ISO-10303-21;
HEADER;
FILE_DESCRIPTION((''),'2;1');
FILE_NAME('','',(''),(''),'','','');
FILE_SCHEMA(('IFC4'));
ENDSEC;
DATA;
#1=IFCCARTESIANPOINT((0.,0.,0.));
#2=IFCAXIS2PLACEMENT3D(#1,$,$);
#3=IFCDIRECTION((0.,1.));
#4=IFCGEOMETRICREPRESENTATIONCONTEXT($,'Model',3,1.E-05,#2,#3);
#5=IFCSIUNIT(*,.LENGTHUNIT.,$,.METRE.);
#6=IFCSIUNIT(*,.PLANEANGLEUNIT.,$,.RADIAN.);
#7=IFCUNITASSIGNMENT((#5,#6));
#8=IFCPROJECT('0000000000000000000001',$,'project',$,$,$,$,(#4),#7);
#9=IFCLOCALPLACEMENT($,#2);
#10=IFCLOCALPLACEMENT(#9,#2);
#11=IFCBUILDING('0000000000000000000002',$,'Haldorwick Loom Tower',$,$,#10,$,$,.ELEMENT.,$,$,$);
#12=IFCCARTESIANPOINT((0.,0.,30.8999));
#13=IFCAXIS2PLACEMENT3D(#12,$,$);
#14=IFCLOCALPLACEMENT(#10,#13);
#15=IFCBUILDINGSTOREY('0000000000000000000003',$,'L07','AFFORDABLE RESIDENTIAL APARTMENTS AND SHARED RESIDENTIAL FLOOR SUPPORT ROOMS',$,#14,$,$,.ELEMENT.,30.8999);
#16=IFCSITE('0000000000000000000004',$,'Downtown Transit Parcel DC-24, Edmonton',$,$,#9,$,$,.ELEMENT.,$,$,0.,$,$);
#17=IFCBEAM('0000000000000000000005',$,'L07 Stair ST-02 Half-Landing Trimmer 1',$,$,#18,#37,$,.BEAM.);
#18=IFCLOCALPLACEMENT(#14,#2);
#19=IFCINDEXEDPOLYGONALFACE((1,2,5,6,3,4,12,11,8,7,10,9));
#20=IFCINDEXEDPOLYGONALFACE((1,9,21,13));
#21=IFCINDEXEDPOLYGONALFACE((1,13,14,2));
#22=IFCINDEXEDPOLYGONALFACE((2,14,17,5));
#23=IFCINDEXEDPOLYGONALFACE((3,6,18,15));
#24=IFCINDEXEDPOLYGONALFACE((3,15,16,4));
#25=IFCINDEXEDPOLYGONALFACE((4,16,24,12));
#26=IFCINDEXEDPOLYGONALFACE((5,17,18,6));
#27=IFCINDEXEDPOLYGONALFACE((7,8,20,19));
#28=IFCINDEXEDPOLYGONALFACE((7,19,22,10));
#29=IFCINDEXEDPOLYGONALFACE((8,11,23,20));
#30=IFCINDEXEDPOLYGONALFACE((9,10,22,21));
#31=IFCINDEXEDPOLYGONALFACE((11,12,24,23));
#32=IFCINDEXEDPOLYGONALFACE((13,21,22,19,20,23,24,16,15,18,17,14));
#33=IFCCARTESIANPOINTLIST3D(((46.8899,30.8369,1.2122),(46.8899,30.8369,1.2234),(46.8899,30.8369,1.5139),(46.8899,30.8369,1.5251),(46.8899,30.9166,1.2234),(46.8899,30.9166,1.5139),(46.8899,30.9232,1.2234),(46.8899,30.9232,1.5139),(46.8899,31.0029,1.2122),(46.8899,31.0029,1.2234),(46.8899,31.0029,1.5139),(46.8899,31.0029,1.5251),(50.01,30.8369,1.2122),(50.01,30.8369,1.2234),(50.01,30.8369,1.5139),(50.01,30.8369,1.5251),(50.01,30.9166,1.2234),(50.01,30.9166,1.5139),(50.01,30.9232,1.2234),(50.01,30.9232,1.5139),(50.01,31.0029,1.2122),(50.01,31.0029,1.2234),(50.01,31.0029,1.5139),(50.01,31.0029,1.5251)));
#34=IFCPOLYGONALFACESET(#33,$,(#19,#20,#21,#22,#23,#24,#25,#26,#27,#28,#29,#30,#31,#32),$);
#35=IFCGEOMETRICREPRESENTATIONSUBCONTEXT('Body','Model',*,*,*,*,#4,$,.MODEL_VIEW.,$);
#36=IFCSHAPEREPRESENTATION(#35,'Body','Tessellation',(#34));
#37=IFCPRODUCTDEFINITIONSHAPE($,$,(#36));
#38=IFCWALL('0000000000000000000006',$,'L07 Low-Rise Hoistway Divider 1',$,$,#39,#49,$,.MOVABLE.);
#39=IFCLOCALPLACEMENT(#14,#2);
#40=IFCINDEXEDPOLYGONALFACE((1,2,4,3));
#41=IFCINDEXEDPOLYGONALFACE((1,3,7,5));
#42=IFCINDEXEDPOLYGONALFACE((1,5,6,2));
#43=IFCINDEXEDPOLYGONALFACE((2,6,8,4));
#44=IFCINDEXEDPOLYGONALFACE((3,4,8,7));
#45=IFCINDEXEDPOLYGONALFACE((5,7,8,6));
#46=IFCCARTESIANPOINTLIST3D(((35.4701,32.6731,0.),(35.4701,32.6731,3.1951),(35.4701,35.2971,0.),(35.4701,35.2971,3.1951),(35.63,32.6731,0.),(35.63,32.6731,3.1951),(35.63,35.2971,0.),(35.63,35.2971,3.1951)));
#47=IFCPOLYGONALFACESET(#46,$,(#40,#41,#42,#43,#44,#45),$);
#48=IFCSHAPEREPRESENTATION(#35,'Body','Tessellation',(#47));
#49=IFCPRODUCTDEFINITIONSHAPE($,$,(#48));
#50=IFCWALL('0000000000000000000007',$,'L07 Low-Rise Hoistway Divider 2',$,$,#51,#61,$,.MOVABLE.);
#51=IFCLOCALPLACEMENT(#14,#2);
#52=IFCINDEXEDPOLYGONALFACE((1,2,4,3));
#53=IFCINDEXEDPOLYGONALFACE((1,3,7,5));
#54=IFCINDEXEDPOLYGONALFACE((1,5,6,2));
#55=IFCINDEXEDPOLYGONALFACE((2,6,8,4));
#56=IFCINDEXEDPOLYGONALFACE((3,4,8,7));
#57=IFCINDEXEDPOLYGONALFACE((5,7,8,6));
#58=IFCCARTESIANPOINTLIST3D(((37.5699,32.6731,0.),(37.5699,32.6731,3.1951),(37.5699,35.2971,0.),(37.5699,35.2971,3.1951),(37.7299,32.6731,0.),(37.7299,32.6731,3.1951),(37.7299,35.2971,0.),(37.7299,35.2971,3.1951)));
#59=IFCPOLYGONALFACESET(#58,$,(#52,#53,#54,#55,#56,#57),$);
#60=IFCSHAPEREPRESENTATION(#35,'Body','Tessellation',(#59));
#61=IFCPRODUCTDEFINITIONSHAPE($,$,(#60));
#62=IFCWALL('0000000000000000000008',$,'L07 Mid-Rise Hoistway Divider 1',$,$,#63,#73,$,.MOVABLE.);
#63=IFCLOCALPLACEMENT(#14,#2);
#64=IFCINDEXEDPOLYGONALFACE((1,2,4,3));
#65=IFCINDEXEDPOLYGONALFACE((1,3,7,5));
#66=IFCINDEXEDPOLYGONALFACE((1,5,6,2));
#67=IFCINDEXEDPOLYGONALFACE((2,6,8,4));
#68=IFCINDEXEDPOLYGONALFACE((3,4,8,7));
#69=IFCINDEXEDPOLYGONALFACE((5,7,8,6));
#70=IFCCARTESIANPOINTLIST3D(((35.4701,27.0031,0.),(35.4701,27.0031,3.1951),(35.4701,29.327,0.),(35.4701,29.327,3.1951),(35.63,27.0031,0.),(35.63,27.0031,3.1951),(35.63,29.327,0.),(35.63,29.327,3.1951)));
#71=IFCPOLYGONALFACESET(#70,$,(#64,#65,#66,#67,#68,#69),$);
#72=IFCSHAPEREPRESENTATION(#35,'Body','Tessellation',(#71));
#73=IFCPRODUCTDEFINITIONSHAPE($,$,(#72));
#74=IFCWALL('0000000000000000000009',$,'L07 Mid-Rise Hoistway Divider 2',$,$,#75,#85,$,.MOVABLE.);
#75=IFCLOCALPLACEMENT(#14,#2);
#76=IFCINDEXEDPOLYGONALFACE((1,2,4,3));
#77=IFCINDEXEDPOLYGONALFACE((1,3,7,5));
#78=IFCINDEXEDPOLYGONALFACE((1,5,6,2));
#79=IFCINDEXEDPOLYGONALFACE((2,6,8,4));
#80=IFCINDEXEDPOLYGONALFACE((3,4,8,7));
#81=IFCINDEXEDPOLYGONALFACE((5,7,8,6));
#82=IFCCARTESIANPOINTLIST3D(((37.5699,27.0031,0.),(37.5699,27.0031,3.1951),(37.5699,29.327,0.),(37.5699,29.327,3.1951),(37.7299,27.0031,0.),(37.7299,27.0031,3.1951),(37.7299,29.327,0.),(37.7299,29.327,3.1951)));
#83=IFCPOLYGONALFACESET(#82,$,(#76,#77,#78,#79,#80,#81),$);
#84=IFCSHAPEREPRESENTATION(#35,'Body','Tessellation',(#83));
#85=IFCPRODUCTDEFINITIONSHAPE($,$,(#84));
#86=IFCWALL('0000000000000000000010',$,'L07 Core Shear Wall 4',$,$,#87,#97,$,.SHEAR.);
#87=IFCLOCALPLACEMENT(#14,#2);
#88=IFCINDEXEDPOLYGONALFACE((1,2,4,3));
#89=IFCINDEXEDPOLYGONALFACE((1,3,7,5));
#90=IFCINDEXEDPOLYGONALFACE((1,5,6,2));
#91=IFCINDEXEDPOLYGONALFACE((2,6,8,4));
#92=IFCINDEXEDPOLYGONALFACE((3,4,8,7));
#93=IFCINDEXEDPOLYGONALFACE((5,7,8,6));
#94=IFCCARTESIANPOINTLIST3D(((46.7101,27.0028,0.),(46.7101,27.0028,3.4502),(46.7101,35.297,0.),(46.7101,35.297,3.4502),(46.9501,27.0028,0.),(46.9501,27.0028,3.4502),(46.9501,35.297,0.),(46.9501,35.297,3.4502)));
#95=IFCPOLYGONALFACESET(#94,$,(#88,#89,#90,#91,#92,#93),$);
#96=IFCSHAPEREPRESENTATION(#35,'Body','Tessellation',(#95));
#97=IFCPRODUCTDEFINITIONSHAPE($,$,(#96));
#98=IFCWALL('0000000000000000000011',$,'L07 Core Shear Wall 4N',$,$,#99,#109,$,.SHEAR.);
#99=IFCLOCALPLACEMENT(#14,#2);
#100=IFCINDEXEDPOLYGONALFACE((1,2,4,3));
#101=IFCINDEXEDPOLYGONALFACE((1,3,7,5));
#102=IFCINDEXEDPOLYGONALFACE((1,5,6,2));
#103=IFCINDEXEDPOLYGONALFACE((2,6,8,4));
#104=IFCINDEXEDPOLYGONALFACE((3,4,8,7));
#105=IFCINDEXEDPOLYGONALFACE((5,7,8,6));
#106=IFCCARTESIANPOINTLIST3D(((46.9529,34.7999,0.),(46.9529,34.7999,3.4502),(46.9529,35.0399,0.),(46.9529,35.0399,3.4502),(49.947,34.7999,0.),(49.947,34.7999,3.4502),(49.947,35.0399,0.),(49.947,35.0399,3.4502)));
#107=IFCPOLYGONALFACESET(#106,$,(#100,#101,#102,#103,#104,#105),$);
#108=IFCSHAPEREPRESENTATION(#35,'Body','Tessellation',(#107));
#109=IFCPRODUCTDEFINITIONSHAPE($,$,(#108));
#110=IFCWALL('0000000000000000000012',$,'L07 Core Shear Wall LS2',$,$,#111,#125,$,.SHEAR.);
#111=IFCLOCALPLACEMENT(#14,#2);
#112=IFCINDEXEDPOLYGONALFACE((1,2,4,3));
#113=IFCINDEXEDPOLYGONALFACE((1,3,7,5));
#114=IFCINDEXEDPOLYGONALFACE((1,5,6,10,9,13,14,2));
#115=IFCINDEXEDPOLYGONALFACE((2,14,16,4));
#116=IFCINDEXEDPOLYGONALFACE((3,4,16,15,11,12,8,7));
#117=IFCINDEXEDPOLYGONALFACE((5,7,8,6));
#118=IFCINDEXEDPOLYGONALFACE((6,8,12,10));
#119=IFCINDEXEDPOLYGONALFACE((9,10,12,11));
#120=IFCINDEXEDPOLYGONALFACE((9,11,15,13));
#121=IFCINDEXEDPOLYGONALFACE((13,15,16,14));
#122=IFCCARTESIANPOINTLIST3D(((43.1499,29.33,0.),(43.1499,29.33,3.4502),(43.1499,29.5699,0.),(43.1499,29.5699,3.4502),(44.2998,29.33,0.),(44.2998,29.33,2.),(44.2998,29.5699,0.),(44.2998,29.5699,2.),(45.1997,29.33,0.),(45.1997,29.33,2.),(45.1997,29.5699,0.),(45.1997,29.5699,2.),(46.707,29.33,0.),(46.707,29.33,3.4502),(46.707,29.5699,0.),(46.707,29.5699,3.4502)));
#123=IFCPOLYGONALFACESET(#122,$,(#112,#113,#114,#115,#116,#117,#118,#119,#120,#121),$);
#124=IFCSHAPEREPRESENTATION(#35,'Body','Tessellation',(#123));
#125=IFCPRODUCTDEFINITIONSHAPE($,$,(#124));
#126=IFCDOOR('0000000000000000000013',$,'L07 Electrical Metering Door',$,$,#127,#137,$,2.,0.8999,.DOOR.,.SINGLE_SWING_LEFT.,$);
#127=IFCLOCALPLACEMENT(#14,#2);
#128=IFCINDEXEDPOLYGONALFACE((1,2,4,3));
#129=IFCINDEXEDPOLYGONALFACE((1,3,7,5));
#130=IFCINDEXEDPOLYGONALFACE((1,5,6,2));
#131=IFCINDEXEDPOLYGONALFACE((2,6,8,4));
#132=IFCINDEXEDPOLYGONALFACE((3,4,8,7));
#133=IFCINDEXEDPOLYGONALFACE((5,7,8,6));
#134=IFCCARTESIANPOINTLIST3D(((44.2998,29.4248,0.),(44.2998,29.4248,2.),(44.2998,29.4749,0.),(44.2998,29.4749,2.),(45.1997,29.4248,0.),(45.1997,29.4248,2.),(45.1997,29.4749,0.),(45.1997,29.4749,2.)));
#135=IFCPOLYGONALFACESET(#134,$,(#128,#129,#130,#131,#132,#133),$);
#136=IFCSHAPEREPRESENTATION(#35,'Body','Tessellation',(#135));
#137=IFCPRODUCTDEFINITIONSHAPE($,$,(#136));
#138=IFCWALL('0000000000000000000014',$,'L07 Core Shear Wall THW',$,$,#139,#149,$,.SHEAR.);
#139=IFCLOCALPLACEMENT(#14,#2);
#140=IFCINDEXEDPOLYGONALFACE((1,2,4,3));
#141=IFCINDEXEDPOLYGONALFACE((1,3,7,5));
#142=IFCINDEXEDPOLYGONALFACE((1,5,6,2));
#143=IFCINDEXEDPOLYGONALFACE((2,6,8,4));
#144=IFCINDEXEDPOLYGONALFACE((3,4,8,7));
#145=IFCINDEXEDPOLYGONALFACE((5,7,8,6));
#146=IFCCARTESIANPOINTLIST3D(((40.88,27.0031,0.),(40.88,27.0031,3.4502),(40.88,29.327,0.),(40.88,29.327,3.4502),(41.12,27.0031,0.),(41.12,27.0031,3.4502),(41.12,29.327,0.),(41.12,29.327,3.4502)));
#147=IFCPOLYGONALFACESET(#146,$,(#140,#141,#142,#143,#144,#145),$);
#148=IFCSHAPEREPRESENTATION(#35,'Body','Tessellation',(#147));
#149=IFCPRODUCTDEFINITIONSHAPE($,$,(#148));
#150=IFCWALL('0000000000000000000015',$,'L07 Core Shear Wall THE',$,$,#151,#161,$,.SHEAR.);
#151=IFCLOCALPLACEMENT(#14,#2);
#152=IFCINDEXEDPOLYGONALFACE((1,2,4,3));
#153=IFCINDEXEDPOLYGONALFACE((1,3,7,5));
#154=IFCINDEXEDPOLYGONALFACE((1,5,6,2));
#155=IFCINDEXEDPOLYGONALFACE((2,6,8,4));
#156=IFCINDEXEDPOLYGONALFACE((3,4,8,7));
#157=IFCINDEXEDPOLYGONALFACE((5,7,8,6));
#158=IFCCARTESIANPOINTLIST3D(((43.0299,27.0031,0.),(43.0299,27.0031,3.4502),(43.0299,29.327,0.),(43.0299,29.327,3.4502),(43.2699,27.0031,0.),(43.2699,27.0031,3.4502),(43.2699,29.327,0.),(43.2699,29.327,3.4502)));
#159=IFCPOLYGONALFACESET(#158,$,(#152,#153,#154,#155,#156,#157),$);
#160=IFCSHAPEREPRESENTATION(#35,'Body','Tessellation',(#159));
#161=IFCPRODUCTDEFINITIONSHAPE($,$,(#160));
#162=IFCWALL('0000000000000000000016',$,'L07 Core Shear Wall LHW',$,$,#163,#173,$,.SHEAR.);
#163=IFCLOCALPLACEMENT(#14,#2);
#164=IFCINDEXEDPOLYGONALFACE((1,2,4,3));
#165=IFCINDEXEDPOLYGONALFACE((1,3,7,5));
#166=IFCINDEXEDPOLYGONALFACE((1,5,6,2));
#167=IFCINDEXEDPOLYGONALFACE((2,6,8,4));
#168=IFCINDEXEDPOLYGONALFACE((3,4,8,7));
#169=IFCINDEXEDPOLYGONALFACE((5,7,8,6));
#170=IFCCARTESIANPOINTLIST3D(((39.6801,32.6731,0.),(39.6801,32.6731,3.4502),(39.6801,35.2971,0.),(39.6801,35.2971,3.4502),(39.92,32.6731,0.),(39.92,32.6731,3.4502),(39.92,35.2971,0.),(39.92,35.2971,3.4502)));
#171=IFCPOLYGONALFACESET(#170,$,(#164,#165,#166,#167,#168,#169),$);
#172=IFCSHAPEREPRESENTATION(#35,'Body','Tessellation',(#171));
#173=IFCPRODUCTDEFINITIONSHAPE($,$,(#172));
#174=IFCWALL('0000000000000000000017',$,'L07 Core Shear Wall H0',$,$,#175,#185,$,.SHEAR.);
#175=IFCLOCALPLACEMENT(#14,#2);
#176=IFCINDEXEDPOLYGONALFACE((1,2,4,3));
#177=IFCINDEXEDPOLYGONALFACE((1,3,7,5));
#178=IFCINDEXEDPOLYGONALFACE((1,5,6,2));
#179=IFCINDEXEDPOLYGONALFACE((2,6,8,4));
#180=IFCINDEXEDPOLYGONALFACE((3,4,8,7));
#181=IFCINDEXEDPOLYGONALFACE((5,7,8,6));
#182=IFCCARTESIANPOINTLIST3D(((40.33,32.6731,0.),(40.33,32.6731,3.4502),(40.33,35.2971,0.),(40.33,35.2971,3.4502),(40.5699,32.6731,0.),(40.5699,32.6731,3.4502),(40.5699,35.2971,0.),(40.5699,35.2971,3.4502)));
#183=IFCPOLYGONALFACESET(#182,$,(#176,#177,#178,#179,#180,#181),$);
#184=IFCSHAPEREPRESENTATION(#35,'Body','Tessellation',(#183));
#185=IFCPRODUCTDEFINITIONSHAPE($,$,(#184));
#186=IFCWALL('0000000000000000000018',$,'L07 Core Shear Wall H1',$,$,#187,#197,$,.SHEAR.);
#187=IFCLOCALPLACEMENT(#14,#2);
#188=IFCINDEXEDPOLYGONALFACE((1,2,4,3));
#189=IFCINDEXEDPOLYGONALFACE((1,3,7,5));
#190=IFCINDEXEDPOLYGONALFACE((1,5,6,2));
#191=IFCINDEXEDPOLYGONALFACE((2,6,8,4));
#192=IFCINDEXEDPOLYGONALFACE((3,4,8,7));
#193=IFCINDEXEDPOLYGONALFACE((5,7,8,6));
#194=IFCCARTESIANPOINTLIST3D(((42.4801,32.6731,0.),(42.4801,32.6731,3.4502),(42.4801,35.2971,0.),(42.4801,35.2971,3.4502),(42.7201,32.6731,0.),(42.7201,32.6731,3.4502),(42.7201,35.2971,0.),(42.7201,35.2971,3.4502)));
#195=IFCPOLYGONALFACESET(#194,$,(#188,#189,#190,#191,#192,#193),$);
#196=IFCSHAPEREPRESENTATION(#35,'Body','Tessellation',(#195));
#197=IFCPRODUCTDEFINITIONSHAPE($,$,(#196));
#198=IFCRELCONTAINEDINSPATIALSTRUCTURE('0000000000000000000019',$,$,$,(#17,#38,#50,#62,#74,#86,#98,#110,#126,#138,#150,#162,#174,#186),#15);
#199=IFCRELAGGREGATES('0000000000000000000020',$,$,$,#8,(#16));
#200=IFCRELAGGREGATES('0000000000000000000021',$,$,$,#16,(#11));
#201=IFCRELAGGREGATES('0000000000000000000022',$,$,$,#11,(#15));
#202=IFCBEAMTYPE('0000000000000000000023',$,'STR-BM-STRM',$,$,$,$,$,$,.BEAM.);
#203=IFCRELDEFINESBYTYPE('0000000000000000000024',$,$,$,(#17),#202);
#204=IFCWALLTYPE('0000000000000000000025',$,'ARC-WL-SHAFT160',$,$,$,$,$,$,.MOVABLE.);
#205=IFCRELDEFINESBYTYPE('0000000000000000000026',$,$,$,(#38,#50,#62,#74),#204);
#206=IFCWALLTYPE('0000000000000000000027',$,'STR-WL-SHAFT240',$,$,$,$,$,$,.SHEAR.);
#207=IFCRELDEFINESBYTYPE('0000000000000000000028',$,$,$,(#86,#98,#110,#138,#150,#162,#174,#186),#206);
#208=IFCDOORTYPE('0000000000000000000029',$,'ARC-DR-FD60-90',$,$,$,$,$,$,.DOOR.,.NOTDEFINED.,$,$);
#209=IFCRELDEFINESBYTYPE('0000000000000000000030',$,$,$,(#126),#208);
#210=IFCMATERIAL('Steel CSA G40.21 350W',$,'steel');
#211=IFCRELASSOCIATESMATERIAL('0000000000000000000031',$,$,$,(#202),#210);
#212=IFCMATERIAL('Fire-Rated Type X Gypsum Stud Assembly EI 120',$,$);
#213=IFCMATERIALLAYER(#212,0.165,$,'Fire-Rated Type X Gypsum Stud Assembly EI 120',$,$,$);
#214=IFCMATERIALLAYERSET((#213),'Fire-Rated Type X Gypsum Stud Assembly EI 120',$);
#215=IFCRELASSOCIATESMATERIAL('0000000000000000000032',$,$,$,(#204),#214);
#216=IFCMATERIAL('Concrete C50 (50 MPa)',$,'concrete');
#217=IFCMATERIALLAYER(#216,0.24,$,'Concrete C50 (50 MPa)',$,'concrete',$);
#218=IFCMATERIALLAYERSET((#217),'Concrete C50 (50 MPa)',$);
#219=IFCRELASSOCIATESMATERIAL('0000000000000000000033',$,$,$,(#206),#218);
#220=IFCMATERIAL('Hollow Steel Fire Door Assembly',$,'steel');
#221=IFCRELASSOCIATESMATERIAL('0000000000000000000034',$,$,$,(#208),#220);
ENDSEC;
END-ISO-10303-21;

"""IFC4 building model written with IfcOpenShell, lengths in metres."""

from ifc_helpers import new_model, si_unit, direction, frame, frame_2d, origin, origin_2d, place, context, subcontext, project, spatial, rectangle, i_section, extrude, material, layer, layer_set, material_profile, profile_set, type_object, element, fill, save


model = new_model("IFC4")

# Units and contexts
model_context = context("Model", 3, precision=1e-05, world=origin(), true_north=direction((0.0, 1.0)))
body_context = subcontext(model_context, "Body", "Model", "MODEL_VIEW")
ifc_project = project(units=[si_unit("LENGTHUNIT", "METRE"), si_unit("PLANEANGLEUNIT", "RADIAN")], contexts=[model_context])

# Site, building, storey
site_placement = place(None, origin())
site = spatial("IfcSite", under=ifc_project, at=site_placement, Name="Downtown Transit Parcel DC-24, Edmonton", CompositionType="ELEMENT", RefElevation=0.0)
building_placement = place(site_placement, origin())
building = spatial("IfcBuilding", under=site, at=building_placement, Name="Haldorwick Loom Tower", CompositionType="ELEMENT")
storey_placement = place(building_placement, frame((0.0, 0.0, 30.8999)))
storey = spatial("IfcBuildingStorey", under=building, at=storey_placement, Name="L07", Description="AFFORDABLE RESIDENTIAL APARTMENTS AND SHARED RESIDENTIAL FLOOR SUPPORT ROOMS", CompositionType="ELEMENT", Elevation=30.8999)

# Beam
ifc_material_1 = material(Name="Steel CSA G40.21 350W", Category="steel")
ifc_material_profile_1 = material_profile(ifc_material_1, i_section(OverallWidth=0.166, OverallDepth=0.313, WebThickness=0.0066, FlangeThickness=0.0112, at=origin_2d()), Name="W310X45", Category="steel")
ifc_profile_set_1 = profile_set([ifc_material_profile_1], Name="Steel CSA G40.21 350W")
beam_type_1 = type_object("IfcBeamType", Name="STR-BM-STRM", PredefinedType="BEAM", material=ifc_profile_set_1)
for number, where, z_axis, x_axis, name in (
    (1, (46.8899, 30.9199, 1.3687), (1.0, 0.0, 0.0), (0.0, 1.0, 0.0), "L07 Stair ST-02 Half-Landing Trimmer 1"),
):
    element("IfcBeam", number, at=place(storey_placement, frame(where, z_axis=z_axis, x_axis=x_axis)), inside=storey, type_object=beam_type_1, Name=name, PredefinedType="BEAM", context=body_context, shape_type="SweptSolid", body=[
        extrude(i_section(OverallWidth=0.166, OverallDepth=0.313, WebThickness=0.0066, FlangeThickness=0.0112, at=origin_2d()), origin(), (0.0, 0.0, 1.0), 3.1201),
    ])

# Walls
ifc_material_2 = material(Name="Fire-Rated Type X Gypsum Stud Assembly EI 120")
ifc_layer_1 = layer(ifc_material_2, 0.165, Name="Fire-Rated Type X Gypsum Stud Assembly EI 120")
ifc_layer_set_1 = layer_set([ifc_layer_1], Name="Fire-Rated Type X Gypsum Stud Assembly EI 120")
wall_type_1 = type_object("IfcWallType", Name="ARC-WL-SHAFT160", PredefinedType="MOVABLE", material=ifc_layer_set_1)
for number, where, z_axis, x_axis, name in (
    (2, (35.55, 32.6731, 0.0), (0.0, 0.0, 1.0), (0.0, 1.0, 0.0), "L07 Low-Rise Hoistway Divider 1"),
    (3, (37.6499, 32.6731, 0.0), (0.0, 0.0, 1.0), (0.0, 1.0, 0.0), "L07 Low-Rise Hoistway Divider 2"),
):
    element("IfcWall", number, at=place(storey_placement, frame(where, z_axis=z_axis, x_axis=x_axis)), inside=storey, type_object=wall_type_1, Name=name, PredefinedType="MOVABLE", context=body_context, shape_type="SweptSolid", body=[
        extrude(rectangle(XDim=2.624, YDim=0.1599, at=frame_2d((1.312, 0.0))), origin(), (0.0, 0.0, 1.0), 3.1951),
    ])
for number, where, z_axis, x_axis, name in (
    (4, (35.55, 27.0029, 0.0), (0.0, 0.0, 1.0), (0.0, 1.0, 0.0), "L07 Mid-Rise Hoistway Divider 1"),
    (5, (37.6499, 27.0029, 0.0), (0.0, 0.0, 1.0), (0.0, 1.0, 0.0), "L07 Mid-Rise Hoistway Divider 2"),
):
    element("IfcWall", number, at=place(storey_placement, frame(where, z_axis=z_axis, x_axis=x_axis)), inside=storey, type_object=wall_type_1, Name=name, PredefinedType="MOVABLE", context=body_context, shape_type="SweptSolid", body=[
        extrude(rectangle(XDim=2.324, YDim=0.1599, at=frame_2d((1.1621, 0.0))), origin(), (0.0, 0.0, 1.0), 3.1951),
    ])
ifc_material_3 = material(Name="Concrete C50 (50 MPa)", Category="concrete")
ifc_layer_2 = layer(ifc_material_3, 0.24, Name="Concrete C50 (50 MPa)", Category="concrete")
ifc_layer_set_2 = layer_set([ifc_layer_2], Name="Concrete C50 (50 MPa)")
wall_type_2 = type_object("IfcWallType", Name="STR-WL-SHAFT240", PredefinedType="SHEAR", material=ifc_layer_set_2)
wall_1_placement = place(storey_placement, frame((46.8301, 27.0029, 0.0), z_axis=(0.0, 0.0, 1.0), x_axis=(0.0, 1.0, 0.0)))
element("IfcWall", 6, at=wall_1_placement, inside=storey, type_object=wall_type_2, Name="L07 Core Shear Wall 4", PredefinedType="SHEAR", context=body_context, shape_type="SweptSolid", body=[
    extrude(rectangle(XDim=8.2942, YDim=0.24, at=frame_2d((4.147, 0.0))), origin(), (0.0, 0.0, 1.0), 3.4502),
])
wall_2_placement = place(storey_placement, frame((46.9529, 34.9199, 0.0), z_axis=(0.0, 0.0, 1.0), x_axis=(1.0, 0.0, 0.0)))
element("IfcWall", 7, at=wall_2_placement, inside=storey, type_object=wall_type_2, Name="L07 Core Shear Wall 4N", PredefinedType="SHEAR", context=body_context, shape_type="SweptSolid", body=[
    extrude(rectangle(XDim=2.9941, YDim=0.24, at=frame_2d((1.4971, 0.0))), origin(), (0.0, 0.0, 1.0), 3.4502),
])

# Wall, opening, door
wall_3_placement = place(storey_placement, frame((43.1499, 29.45, 0.0), z_axis=(0.0, 0.0, 1.0), x_axis=(1.0, 0.0, 0.0)))
wall_3 = element("IfcWall", 8, at=wall_3_placement, inside=storey, type_object=wall_type_2, Name="L07 Core Shear Wall LS2", PredefinedType="SHEAR", context=body_context, shape_type="SweptSolid", body=[
    extrude(rectangle(XDim=3.5571, YDim=0.24, at=frame_2d((1.7786, 0.0))), origin(), (0.0, 0.0, 1.0), 3.4502),
])
opening_placement = place(wall_3_placement, frame((1.1499, 0.0, 0.0)))
opening = element("IfcOpeningElement", 9, at=opening_placement, cuts=wall_3, PredefinedType="OPENING", context=body_context, shape_type="SweptSolid", body=[
    extrude(rectangle(XDim=0.8999, YDim=2.0, at=frame_2d((0.45, 1.0))), frame((0.0, 0.1299, 0.0), z_axis=(0.0, -1.0, 0.0), x_axis=(1.0, 0.0, 0.0)), (0.0, 0.0, 1.0), 0.26),
])
ifc_material_4 = material(Name="Hollow Steel Fire Door Assembly", Category="steel")
door_type = type_object("IfcDoorType", Name="ARC-DR-FD60-90", OperationType="NOTDEFINED", PredefinedType="DOOR", material=ifc_material_4)
door_placement = place(opening_placement, origin())
door = element("IfcDoor", 10, at=door_placement, inside=storey, type_object=door_type, Name="L07 Electrical Metering Door", OperationType="SINGLE_SWING_LEFT", OverallHeight=2.0, OverallWidth=0.8999, PredefinedType="DOOR", context=body_context, shape_type="SweptSolid", body=[
    extrude(rectangle(XDim=0.8999, YDim=2.0, at=frame_2d((0.45, 1.0))), frame((0.0, 0.0249, 0.0), z_axis=(0.0, -1.0, 0.0), x_axis=(1.0, 0.0, 0.0)), (0.0, 0.0, 1.0), 0.05),
])
fill(opening, door)

# Walls
for number, where, z_axis, x_axis, name in (
    (11, (41.0, 27.0029, 0.0), (0.0, 0.0, 1.0), (0.0, 1.0, 0.0), "L07 Core Shear Wall THW"),
    (12, (43.1499, 27.0029, 0.0), (0.0, 0.0, 1.0), (0.0, 1.0, 0.0), "L07 Core Shear Wall THE"),
):
    element("IfcWall", number, at=place(storey_placement, frame(where, z_axis=z_axis, x_axis=x_axis)), inside=storey, type_object=wall_type_2, Name=name, PredefinedType="SHEAR", context=body_context, shape_type="SweptSolid", body=[
        extrude(rectangle(XDim=2.324, YDim=0.24, at=frame_2d((1.1621, 0.0))), origin(), (0.0, 0.0, 1.0), 3.4502),
    ])
for number, where, z_axis, x_axis, name in (
    (13, (39.8, 32.6731, 0.0), (0.0, 0.0, 1.0), (0.0, 1.0, 0.0), "L07 Core Shear Wall LHW"),
    (14, (40.45, 32.6731, 0.0), (0.0, 0.0, 1.0), (0.0, 1.0, 0.0), "L07 Core Shear Wall H0"),
    (15, (42.6001, 32.6731, 0.0), (0.0, 0.0, 1.0), (0.0, 1.0, 0.0), "L07 Core Shear Wall H1"),
):
    element("IfcWall", number, at=place(storey_placement, frame(where, z_axis=z_axis, x_axis=x_axis)), inside=storey, type_object=wall_type_2, Name=name, PredefinedType="SHEAR", context=body_context, shape_type="SweptSolid", body=[
        extrude(rectangle(XDim=2.624, YDim=0.24, at=frame_2d((1.312, 0.0))), origin(), (0.0, 0.0, 1.0), 3.4502),
    ])

save(model, "model.ifc")
